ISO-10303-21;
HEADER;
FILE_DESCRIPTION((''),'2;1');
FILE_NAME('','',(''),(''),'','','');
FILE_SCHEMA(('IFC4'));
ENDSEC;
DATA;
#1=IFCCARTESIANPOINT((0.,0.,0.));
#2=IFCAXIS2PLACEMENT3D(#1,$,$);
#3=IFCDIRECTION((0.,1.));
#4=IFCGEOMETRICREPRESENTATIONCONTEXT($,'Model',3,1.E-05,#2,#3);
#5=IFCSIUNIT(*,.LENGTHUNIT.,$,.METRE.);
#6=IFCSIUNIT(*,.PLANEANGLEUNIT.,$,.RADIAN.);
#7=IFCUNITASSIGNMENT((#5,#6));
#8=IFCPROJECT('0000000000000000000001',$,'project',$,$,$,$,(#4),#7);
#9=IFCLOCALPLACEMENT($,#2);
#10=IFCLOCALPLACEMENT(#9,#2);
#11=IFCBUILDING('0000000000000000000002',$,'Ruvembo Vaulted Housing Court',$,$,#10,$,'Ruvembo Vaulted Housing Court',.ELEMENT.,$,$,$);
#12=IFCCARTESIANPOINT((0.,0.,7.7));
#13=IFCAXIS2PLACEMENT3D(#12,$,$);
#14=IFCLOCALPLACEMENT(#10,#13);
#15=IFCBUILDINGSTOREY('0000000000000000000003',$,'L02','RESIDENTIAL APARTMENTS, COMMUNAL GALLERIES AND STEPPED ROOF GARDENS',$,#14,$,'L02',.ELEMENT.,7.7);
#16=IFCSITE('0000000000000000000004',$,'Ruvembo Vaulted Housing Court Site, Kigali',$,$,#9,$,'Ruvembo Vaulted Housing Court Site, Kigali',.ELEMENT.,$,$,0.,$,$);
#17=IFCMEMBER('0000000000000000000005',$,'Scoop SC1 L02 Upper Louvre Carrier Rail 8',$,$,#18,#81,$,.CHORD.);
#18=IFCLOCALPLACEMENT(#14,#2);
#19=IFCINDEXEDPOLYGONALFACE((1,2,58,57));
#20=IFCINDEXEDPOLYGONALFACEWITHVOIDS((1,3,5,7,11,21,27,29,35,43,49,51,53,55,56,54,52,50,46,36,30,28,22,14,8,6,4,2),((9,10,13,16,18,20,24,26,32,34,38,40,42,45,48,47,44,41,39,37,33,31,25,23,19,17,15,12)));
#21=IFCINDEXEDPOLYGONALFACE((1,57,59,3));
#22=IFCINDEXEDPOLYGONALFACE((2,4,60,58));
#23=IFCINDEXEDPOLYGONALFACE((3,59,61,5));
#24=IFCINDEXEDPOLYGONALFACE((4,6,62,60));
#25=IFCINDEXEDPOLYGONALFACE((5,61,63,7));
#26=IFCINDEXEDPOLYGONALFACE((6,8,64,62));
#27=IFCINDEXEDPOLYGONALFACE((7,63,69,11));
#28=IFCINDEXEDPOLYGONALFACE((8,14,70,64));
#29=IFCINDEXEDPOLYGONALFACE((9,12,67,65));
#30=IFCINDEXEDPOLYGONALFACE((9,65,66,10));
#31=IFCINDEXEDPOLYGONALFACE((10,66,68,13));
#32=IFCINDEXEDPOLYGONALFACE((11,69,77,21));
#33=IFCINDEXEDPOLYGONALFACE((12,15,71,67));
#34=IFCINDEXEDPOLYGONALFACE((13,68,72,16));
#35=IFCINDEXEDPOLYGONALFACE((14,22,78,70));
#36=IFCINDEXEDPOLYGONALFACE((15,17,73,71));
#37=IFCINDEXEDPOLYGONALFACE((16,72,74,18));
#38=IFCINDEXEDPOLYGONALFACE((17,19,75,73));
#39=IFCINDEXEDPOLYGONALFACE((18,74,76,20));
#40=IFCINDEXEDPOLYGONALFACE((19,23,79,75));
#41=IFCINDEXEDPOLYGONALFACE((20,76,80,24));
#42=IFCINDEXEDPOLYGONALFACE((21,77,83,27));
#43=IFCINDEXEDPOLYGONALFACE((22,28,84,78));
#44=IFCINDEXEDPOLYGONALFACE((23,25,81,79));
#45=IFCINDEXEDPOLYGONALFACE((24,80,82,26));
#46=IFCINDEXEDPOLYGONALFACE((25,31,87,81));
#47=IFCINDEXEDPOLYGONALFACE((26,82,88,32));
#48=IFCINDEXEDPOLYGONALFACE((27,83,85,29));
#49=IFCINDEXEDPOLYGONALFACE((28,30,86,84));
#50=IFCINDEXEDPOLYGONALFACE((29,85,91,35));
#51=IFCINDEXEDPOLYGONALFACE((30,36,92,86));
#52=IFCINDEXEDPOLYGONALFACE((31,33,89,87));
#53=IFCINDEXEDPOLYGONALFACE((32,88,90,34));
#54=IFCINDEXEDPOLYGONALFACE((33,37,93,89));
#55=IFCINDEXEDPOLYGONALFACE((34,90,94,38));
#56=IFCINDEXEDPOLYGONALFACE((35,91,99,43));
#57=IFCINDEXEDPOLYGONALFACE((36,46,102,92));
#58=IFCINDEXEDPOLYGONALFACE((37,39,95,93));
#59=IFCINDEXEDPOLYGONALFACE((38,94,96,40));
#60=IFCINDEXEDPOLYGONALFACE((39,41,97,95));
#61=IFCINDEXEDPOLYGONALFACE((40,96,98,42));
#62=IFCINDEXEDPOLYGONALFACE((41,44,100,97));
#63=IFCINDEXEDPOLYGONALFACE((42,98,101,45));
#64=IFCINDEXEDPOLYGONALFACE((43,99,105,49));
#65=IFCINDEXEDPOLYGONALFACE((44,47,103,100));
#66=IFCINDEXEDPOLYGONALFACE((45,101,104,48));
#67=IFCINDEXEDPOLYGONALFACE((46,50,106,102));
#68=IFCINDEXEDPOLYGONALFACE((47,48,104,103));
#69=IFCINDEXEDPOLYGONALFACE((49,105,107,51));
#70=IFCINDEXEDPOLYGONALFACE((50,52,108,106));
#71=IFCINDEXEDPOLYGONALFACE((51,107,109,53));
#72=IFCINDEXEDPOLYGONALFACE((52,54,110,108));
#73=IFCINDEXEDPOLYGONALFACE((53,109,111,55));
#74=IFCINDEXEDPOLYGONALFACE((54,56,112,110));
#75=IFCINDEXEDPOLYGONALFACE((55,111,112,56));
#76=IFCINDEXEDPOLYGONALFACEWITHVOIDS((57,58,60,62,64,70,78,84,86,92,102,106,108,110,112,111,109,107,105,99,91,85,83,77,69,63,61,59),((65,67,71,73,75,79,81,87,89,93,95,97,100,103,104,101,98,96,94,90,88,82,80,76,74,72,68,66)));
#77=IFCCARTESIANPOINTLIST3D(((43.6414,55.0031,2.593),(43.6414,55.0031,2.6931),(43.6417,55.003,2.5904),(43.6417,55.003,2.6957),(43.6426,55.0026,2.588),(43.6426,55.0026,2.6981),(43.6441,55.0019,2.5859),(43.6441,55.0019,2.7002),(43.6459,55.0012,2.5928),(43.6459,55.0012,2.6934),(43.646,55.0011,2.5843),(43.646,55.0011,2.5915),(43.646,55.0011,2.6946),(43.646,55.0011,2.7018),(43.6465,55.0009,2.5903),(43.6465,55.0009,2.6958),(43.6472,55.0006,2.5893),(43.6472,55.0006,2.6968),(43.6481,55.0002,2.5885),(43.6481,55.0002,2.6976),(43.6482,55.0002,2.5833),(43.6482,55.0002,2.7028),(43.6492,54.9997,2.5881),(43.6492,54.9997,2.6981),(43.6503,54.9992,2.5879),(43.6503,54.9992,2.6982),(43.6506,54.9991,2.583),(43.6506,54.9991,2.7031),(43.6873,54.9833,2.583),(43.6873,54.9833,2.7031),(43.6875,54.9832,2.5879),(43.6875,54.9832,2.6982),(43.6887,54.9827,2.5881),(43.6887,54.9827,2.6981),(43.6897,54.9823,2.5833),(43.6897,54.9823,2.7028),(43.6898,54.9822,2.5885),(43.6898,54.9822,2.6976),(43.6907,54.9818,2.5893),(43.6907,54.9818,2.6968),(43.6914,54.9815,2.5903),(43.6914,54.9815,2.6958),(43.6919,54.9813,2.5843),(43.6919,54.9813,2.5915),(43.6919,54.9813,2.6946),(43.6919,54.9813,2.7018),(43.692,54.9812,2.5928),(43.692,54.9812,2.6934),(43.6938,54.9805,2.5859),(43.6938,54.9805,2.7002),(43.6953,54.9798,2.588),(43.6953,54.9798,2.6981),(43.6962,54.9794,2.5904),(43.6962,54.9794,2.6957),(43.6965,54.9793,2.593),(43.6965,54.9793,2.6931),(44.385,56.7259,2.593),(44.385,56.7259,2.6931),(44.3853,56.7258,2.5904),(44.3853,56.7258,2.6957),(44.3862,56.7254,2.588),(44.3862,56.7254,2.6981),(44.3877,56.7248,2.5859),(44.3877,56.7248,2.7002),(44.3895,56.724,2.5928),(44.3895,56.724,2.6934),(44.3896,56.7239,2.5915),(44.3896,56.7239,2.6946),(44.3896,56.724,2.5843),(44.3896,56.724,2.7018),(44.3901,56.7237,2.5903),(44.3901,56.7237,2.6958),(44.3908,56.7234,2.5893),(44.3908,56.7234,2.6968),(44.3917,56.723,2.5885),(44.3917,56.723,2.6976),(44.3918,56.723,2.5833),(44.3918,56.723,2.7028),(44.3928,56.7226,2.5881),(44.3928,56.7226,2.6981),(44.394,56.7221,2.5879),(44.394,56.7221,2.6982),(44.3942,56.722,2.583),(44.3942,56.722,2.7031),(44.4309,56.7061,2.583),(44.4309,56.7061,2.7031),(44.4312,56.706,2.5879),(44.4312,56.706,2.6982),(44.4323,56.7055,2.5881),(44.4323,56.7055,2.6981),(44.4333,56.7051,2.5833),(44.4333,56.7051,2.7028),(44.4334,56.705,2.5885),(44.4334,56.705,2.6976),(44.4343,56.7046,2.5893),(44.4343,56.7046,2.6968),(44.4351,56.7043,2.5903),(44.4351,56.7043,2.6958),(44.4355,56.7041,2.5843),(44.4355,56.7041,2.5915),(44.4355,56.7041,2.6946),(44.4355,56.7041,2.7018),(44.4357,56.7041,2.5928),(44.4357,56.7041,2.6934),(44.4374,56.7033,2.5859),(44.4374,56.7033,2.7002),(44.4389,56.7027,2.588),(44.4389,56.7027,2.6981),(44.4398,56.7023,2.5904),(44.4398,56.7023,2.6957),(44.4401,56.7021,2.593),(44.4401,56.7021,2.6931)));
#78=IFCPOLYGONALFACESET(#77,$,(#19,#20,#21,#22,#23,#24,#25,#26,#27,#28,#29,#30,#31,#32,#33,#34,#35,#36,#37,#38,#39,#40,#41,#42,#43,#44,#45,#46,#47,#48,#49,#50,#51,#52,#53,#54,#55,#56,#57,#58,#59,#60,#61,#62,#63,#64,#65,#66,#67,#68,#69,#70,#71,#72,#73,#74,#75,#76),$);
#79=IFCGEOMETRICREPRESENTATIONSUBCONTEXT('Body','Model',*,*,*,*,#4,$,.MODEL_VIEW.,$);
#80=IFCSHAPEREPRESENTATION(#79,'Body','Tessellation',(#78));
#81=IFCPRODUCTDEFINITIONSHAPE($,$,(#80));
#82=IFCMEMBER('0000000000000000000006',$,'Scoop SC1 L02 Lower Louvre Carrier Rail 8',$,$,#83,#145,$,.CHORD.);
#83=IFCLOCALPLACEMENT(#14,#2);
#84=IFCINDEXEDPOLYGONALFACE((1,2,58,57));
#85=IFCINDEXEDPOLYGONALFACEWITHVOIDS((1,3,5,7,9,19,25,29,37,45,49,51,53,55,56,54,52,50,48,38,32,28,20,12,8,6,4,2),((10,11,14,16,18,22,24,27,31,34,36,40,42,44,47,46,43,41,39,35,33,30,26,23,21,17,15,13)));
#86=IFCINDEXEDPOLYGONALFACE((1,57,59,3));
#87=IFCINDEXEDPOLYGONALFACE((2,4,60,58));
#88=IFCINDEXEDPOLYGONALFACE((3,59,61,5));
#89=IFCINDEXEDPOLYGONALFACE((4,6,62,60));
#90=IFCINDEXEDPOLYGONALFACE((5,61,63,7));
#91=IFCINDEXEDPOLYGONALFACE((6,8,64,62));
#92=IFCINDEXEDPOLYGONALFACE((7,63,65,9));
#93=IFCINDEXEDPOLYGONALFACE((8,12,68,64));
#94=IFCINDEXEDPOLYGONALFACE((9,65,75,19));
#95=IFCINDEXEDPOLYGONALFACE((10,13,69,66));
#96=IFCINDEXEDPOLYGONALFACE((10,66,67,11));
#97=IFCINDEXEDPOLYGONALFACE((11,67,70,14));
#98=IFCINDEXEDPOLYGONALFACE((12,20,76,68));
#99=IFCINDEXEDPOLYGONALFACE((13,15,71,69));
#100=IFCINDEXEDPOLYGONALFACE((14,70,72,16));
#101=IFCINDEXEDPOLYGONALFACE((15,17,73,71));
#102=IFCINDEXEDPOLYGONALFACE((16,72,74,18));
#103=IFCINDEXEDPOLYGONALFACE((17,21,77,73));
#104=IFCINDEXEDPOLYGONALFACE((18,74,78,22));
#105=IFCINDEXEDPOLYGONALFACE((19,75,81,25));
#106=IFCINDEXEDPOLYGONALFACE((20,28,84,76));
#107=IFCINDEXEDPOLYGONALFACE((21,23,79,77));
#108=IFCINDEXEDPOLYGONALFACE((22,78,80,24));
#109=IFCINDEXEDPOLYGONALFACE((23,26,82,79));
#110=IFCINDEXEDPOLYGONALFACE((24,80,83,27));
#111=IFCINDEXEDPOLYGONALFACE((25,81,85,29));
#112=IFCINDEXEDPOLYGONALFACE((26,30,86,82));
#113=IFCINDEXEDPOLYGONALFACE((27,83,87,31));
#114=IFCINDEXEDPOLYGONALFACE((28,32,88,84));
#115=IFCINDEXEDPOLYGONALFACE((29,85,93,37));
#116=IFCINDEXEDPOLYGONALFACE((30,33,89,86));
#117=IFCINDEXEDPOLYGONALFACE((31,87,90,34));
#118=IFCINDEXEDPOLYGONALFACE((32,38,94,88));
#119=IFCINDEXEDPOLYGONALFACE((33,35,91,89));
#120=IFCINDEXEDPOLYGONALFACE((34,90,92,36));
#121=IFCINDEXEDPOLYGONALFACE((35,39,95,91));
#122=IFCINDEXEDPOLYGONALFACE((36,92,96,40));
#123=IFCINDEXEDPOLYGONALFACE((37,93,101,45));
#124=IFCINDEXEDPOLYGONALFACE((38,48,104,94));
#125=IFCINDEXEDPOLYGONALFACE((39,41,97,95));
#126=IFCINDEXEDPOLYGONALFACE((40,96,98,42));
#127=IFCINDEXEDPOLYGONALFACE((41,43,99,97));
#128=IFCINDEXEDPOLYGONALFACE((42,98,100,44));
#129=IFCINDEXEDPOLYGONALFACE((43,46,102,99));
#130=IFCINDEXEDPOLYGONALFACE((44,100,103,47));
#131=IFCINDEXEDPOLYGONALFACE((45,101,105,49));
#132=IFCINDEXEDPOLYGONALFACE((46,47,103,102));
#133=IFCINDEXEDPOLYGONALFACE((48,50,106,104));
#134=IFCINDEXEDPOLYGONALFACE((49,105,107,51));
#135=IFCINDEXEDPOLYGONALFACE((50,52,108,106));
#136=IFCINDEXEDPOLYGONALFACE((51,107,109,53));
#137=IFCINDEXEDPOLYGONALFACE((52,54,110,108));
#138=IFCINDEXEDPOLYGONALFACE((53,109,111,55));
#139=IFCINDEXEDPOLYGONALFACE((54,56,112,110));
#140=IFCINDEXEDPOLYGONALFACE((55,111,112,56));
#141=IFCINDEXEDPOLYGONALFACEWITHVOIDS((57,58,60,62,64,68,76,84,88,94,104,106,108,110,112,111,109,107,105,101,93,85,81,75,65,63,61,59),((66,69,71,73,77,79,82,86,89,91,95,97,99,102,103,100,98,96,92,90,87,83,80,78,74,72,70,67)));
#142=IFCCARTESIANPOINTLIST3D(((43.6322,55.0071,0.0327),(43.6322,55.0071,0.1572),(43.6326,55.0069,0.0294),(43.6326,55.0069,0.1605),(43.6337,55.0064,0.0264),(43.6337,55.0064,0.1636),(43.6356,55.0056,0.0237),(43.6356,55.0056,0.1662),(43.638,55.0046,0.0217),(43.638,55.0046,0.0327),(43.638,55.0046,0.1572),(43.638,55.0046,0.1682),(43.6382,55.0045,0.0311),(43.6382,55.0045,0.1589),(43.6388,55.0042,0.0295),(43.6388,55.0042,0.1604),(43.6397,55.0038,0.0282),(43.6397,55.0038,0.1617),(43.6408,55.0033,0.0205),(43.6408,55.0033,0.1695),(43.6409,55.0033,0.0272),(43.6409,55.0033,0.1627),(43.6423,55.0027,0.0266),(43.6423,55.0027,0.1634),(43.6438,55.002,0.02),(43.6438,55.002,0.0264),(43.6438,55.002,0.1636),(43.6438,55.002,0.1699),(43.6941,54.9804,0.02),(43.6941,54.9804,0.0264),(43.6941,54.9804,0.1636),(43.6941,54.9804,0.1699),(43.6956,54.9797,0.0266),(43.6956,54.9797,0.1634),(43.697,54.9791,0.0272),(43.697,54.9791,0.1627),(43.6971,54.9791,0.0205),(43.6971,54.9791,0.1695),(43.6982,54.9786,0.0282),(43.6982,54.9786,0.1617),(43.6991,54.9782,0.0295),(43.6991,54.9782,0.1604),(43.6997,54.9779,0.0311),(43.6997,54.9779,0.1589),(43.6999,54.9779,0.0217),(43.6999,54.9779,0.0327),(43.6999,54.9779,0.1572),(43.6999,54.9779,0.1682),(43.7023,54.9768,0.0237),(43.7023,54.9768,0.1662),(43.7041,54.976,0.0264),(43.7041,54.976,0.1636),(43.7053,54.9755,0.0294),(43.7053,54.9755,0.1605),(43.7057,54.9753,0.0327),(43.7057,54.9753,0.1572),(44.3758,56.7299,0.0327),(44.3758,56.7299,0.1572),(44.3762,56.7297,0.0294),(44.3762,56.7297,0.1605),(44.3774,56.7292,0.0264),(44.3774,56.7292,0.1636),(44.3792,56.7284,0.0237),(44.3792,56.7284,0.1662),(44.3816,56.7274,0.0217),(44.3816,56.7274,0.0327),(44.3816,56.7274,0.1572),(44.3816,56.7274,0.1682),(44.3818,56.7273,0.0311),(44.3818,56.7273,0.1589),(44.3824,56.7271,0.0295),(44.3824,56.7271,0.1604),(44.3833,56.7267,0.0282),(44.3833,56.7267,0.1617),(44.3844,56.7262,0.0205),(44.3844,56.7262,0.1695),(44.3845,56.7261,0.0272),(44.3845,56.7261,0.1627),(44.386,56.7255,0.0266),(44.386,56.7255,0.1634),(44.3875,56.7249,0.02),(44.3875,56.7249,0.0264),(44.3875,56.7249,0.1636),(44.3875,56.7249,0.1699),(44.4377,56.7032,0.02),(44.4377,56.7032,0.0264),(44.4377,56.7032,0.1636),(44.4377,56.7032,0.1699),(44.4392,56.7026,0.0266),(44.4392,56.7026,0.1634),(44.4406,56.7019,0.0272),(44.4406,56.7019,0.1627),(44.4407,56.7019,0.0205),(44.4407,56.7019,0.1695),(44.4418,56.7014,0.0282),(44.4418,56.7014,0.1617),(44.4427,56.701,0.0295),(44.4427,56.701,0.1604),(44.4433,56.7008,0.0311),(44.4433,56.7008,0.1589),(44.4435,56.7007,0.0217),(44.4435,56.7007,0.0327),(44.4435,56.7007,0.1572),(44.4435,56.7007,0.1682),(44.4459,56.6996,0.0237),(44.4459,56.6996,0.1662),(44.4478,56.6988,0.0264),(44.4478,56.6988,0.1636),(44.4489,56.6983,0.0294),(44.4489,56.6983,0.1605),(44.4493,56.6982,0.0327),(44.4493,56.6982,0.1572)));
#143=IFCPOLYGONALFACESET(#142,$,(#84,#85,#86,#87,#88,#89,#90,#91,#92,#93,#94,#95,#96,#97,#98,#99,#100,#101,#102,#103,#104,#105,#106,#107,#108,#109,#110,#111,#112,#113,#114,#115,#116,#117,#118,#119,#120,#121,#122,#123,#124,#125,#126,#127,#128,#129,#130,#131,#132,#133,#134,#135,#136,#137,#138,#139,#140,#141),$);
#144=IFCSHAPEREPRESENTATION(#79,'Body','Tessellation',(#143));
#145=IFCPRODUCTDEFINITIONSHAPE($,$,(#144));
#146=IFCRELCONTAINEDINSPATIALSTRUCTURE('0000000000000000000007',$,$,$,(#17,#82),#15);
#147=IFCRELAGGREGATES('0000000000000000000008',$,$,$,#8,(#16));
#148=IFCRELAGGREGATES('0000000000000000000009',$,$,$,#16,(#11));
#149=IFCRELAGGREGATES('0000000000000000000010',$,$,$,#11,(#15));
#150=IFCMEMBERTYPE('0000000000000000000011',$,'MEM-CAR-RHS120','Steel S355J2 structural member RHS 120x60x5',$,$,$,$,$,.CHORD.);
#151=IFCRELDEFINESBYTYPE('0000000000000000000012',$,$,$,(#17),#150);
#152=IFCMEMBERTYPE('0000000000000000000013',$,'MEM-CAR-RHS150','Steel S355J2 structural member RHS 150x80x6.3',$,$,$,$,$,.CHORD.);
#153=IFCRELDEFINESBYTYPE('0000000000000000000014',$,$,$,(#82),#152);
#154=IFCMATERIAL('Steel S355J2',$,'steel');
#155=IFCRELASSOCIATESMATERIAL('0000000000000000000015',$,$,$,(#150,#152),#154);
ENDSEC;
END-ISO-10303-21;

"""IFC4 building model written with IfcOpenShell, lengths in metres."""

from ifc_helpers import new_model, si_unit, direction, frame, origin, origin_2d, place, context, subcontext, project, spatial, hollow_rectangle, extrude, material, material_profile, profile_set, type_object, element, save


model = new_model("IFC4")

# Units and contexts
model_context = context("Model", 3, precision=1e-05, world=origin(), true_north=direction((0.0, 1.0)))
body_context = subcontext(model_context, "Body", "Model", "MODEL_VIEW")
ifc_project = project(units=[si_unit("LENGTHUNIT", "METRE"), si_unit("PLANEANGLEUNIT", "RADIAN")], contexts=[model_context])

# Site, building, storey
site_placement = place(None, origin())
site = spatial("IfcSite", under=ifc_project, at=site_placement, Name="Ruvembo Vaulted Housing Court Site, Kigali", LongName="Ruvembo Vaulted Housing Court Site, Kigali", CompositionType="ELEMENT", RefElevation=0.0)
building_placement = place(site_placement, origin())
building = spatial("IfcBuilding", under=site, at=building_placement, Name="Ruvembo Vaulted Housing Court", LongName="Ruvembo Vaulted Housing Court", CompositionType="ELEMENT")
storey_placement = place(building_placement, frame((0.0, 0.0, 7.7)))
storey = spatial("IfcBuildingStorey", under=building, at=storey_placement, Name="L02", Description="RESIDENTIAL APARTMENTS, COMMUNAL GALLERIES AND STEPPED ROOF GARDENS", LongName="L02", CompositionType="ELEMENT", Elevation=7.7)

# Shared definitions
ifc_material_1 = material(Name="Steel S355J2", Category="steel")

# Members
ifc_material_profile_1 = material_profile(ifc_material_1, hollow_rectangle(XDim=0.0601, YDim=0.1201, WallThickness=0.0049, InnerFilletRadius=0.0049, OuterFilletRadius=0.01, at=origin_2d()), Name="RHS 120x60x5")
ifc_profile_set_1 = profile_set([ifc_material_profile_1], Name="Steel S355J2")
member_type_1 = type_object("IfcMemberType", Name="MEM-CAR-RHS120", Description="Steel S355J2 structural member RHS 120x60x5", PredefinedType="CHORD", material=ifc_profile_set_1)
member_1_placement = place(storey_placement, frame((43.6689, 54.9912, 2.6431), z_axis=(0.396289, 0.918126, 0.0), x_axis=(-0.918126, 0.396289, 0.0)))
element("IfcMember", 1, at=member_1_placement, inside=storey, type_object=member_type_1, Name="Scoop SC1 L02 Upper Louvre Carrier Rail 8", PredefinedType="CHORD", context=body_context, shape_type="SweptSolid", body=[
    extrude(hollow_rectangle(XDim=0.0601, YDim=0.1201, WallThickness=0.0049, InnerFilletRadius=0.0049, OuterFilletRadius=0.01, at=origin_2d()), origin(), (0.0, 0.0, 1.0), 1.8765),
])
ifc_material_profile_2 = material_profile(ifc_material_1, hollow_rectangle(XDim=0.0801, YDim=0.1499, WallThickness=0.0063, InnerFilletRadius=0.0063, OuterFilletRadius=0.0127, at=origin_2d()), Name="RHS 150x80x6.3")
ifc_profile_set_2 = profile_set([ifc_material_profile_2], Name="Steel S355J2")
member_type_2 = type_object("IfcMemberType", Name="MEM-CAR-RHS150", Description="Steel S355J2 structural member RHS 150x80x6.3", PredefinedType="CHORD", material=ifc_profile_set_2)
member_2_placement = place(storey_placement, frame((43.6689, 54.9912, 0.095), z_axis=(0.396289, 0.918126, 0.0), x_axis=(-0.918126, 0.396289, 0.0)))
element("IfcMember", 2, at=member_2_placement, inside=storey, type_object=member_type_2, Name="Scoop SC1 L02 Lower Louvre Carrier Rail 8", PredefinedType="CHORD", context=body_context, shape_type="SweptSolid", body=[
    extrude(hollow_rectangle(XDim=0.0801, YDim=0.1499, WallThickness=0.0063, InnerFilletRadius=0.0063, OuterFilletRadius=0.0127, at=origin_2d()), origin(), (0.0, 0.0, 1.0), 1.8765),
])

save(model, "model.ifc")
